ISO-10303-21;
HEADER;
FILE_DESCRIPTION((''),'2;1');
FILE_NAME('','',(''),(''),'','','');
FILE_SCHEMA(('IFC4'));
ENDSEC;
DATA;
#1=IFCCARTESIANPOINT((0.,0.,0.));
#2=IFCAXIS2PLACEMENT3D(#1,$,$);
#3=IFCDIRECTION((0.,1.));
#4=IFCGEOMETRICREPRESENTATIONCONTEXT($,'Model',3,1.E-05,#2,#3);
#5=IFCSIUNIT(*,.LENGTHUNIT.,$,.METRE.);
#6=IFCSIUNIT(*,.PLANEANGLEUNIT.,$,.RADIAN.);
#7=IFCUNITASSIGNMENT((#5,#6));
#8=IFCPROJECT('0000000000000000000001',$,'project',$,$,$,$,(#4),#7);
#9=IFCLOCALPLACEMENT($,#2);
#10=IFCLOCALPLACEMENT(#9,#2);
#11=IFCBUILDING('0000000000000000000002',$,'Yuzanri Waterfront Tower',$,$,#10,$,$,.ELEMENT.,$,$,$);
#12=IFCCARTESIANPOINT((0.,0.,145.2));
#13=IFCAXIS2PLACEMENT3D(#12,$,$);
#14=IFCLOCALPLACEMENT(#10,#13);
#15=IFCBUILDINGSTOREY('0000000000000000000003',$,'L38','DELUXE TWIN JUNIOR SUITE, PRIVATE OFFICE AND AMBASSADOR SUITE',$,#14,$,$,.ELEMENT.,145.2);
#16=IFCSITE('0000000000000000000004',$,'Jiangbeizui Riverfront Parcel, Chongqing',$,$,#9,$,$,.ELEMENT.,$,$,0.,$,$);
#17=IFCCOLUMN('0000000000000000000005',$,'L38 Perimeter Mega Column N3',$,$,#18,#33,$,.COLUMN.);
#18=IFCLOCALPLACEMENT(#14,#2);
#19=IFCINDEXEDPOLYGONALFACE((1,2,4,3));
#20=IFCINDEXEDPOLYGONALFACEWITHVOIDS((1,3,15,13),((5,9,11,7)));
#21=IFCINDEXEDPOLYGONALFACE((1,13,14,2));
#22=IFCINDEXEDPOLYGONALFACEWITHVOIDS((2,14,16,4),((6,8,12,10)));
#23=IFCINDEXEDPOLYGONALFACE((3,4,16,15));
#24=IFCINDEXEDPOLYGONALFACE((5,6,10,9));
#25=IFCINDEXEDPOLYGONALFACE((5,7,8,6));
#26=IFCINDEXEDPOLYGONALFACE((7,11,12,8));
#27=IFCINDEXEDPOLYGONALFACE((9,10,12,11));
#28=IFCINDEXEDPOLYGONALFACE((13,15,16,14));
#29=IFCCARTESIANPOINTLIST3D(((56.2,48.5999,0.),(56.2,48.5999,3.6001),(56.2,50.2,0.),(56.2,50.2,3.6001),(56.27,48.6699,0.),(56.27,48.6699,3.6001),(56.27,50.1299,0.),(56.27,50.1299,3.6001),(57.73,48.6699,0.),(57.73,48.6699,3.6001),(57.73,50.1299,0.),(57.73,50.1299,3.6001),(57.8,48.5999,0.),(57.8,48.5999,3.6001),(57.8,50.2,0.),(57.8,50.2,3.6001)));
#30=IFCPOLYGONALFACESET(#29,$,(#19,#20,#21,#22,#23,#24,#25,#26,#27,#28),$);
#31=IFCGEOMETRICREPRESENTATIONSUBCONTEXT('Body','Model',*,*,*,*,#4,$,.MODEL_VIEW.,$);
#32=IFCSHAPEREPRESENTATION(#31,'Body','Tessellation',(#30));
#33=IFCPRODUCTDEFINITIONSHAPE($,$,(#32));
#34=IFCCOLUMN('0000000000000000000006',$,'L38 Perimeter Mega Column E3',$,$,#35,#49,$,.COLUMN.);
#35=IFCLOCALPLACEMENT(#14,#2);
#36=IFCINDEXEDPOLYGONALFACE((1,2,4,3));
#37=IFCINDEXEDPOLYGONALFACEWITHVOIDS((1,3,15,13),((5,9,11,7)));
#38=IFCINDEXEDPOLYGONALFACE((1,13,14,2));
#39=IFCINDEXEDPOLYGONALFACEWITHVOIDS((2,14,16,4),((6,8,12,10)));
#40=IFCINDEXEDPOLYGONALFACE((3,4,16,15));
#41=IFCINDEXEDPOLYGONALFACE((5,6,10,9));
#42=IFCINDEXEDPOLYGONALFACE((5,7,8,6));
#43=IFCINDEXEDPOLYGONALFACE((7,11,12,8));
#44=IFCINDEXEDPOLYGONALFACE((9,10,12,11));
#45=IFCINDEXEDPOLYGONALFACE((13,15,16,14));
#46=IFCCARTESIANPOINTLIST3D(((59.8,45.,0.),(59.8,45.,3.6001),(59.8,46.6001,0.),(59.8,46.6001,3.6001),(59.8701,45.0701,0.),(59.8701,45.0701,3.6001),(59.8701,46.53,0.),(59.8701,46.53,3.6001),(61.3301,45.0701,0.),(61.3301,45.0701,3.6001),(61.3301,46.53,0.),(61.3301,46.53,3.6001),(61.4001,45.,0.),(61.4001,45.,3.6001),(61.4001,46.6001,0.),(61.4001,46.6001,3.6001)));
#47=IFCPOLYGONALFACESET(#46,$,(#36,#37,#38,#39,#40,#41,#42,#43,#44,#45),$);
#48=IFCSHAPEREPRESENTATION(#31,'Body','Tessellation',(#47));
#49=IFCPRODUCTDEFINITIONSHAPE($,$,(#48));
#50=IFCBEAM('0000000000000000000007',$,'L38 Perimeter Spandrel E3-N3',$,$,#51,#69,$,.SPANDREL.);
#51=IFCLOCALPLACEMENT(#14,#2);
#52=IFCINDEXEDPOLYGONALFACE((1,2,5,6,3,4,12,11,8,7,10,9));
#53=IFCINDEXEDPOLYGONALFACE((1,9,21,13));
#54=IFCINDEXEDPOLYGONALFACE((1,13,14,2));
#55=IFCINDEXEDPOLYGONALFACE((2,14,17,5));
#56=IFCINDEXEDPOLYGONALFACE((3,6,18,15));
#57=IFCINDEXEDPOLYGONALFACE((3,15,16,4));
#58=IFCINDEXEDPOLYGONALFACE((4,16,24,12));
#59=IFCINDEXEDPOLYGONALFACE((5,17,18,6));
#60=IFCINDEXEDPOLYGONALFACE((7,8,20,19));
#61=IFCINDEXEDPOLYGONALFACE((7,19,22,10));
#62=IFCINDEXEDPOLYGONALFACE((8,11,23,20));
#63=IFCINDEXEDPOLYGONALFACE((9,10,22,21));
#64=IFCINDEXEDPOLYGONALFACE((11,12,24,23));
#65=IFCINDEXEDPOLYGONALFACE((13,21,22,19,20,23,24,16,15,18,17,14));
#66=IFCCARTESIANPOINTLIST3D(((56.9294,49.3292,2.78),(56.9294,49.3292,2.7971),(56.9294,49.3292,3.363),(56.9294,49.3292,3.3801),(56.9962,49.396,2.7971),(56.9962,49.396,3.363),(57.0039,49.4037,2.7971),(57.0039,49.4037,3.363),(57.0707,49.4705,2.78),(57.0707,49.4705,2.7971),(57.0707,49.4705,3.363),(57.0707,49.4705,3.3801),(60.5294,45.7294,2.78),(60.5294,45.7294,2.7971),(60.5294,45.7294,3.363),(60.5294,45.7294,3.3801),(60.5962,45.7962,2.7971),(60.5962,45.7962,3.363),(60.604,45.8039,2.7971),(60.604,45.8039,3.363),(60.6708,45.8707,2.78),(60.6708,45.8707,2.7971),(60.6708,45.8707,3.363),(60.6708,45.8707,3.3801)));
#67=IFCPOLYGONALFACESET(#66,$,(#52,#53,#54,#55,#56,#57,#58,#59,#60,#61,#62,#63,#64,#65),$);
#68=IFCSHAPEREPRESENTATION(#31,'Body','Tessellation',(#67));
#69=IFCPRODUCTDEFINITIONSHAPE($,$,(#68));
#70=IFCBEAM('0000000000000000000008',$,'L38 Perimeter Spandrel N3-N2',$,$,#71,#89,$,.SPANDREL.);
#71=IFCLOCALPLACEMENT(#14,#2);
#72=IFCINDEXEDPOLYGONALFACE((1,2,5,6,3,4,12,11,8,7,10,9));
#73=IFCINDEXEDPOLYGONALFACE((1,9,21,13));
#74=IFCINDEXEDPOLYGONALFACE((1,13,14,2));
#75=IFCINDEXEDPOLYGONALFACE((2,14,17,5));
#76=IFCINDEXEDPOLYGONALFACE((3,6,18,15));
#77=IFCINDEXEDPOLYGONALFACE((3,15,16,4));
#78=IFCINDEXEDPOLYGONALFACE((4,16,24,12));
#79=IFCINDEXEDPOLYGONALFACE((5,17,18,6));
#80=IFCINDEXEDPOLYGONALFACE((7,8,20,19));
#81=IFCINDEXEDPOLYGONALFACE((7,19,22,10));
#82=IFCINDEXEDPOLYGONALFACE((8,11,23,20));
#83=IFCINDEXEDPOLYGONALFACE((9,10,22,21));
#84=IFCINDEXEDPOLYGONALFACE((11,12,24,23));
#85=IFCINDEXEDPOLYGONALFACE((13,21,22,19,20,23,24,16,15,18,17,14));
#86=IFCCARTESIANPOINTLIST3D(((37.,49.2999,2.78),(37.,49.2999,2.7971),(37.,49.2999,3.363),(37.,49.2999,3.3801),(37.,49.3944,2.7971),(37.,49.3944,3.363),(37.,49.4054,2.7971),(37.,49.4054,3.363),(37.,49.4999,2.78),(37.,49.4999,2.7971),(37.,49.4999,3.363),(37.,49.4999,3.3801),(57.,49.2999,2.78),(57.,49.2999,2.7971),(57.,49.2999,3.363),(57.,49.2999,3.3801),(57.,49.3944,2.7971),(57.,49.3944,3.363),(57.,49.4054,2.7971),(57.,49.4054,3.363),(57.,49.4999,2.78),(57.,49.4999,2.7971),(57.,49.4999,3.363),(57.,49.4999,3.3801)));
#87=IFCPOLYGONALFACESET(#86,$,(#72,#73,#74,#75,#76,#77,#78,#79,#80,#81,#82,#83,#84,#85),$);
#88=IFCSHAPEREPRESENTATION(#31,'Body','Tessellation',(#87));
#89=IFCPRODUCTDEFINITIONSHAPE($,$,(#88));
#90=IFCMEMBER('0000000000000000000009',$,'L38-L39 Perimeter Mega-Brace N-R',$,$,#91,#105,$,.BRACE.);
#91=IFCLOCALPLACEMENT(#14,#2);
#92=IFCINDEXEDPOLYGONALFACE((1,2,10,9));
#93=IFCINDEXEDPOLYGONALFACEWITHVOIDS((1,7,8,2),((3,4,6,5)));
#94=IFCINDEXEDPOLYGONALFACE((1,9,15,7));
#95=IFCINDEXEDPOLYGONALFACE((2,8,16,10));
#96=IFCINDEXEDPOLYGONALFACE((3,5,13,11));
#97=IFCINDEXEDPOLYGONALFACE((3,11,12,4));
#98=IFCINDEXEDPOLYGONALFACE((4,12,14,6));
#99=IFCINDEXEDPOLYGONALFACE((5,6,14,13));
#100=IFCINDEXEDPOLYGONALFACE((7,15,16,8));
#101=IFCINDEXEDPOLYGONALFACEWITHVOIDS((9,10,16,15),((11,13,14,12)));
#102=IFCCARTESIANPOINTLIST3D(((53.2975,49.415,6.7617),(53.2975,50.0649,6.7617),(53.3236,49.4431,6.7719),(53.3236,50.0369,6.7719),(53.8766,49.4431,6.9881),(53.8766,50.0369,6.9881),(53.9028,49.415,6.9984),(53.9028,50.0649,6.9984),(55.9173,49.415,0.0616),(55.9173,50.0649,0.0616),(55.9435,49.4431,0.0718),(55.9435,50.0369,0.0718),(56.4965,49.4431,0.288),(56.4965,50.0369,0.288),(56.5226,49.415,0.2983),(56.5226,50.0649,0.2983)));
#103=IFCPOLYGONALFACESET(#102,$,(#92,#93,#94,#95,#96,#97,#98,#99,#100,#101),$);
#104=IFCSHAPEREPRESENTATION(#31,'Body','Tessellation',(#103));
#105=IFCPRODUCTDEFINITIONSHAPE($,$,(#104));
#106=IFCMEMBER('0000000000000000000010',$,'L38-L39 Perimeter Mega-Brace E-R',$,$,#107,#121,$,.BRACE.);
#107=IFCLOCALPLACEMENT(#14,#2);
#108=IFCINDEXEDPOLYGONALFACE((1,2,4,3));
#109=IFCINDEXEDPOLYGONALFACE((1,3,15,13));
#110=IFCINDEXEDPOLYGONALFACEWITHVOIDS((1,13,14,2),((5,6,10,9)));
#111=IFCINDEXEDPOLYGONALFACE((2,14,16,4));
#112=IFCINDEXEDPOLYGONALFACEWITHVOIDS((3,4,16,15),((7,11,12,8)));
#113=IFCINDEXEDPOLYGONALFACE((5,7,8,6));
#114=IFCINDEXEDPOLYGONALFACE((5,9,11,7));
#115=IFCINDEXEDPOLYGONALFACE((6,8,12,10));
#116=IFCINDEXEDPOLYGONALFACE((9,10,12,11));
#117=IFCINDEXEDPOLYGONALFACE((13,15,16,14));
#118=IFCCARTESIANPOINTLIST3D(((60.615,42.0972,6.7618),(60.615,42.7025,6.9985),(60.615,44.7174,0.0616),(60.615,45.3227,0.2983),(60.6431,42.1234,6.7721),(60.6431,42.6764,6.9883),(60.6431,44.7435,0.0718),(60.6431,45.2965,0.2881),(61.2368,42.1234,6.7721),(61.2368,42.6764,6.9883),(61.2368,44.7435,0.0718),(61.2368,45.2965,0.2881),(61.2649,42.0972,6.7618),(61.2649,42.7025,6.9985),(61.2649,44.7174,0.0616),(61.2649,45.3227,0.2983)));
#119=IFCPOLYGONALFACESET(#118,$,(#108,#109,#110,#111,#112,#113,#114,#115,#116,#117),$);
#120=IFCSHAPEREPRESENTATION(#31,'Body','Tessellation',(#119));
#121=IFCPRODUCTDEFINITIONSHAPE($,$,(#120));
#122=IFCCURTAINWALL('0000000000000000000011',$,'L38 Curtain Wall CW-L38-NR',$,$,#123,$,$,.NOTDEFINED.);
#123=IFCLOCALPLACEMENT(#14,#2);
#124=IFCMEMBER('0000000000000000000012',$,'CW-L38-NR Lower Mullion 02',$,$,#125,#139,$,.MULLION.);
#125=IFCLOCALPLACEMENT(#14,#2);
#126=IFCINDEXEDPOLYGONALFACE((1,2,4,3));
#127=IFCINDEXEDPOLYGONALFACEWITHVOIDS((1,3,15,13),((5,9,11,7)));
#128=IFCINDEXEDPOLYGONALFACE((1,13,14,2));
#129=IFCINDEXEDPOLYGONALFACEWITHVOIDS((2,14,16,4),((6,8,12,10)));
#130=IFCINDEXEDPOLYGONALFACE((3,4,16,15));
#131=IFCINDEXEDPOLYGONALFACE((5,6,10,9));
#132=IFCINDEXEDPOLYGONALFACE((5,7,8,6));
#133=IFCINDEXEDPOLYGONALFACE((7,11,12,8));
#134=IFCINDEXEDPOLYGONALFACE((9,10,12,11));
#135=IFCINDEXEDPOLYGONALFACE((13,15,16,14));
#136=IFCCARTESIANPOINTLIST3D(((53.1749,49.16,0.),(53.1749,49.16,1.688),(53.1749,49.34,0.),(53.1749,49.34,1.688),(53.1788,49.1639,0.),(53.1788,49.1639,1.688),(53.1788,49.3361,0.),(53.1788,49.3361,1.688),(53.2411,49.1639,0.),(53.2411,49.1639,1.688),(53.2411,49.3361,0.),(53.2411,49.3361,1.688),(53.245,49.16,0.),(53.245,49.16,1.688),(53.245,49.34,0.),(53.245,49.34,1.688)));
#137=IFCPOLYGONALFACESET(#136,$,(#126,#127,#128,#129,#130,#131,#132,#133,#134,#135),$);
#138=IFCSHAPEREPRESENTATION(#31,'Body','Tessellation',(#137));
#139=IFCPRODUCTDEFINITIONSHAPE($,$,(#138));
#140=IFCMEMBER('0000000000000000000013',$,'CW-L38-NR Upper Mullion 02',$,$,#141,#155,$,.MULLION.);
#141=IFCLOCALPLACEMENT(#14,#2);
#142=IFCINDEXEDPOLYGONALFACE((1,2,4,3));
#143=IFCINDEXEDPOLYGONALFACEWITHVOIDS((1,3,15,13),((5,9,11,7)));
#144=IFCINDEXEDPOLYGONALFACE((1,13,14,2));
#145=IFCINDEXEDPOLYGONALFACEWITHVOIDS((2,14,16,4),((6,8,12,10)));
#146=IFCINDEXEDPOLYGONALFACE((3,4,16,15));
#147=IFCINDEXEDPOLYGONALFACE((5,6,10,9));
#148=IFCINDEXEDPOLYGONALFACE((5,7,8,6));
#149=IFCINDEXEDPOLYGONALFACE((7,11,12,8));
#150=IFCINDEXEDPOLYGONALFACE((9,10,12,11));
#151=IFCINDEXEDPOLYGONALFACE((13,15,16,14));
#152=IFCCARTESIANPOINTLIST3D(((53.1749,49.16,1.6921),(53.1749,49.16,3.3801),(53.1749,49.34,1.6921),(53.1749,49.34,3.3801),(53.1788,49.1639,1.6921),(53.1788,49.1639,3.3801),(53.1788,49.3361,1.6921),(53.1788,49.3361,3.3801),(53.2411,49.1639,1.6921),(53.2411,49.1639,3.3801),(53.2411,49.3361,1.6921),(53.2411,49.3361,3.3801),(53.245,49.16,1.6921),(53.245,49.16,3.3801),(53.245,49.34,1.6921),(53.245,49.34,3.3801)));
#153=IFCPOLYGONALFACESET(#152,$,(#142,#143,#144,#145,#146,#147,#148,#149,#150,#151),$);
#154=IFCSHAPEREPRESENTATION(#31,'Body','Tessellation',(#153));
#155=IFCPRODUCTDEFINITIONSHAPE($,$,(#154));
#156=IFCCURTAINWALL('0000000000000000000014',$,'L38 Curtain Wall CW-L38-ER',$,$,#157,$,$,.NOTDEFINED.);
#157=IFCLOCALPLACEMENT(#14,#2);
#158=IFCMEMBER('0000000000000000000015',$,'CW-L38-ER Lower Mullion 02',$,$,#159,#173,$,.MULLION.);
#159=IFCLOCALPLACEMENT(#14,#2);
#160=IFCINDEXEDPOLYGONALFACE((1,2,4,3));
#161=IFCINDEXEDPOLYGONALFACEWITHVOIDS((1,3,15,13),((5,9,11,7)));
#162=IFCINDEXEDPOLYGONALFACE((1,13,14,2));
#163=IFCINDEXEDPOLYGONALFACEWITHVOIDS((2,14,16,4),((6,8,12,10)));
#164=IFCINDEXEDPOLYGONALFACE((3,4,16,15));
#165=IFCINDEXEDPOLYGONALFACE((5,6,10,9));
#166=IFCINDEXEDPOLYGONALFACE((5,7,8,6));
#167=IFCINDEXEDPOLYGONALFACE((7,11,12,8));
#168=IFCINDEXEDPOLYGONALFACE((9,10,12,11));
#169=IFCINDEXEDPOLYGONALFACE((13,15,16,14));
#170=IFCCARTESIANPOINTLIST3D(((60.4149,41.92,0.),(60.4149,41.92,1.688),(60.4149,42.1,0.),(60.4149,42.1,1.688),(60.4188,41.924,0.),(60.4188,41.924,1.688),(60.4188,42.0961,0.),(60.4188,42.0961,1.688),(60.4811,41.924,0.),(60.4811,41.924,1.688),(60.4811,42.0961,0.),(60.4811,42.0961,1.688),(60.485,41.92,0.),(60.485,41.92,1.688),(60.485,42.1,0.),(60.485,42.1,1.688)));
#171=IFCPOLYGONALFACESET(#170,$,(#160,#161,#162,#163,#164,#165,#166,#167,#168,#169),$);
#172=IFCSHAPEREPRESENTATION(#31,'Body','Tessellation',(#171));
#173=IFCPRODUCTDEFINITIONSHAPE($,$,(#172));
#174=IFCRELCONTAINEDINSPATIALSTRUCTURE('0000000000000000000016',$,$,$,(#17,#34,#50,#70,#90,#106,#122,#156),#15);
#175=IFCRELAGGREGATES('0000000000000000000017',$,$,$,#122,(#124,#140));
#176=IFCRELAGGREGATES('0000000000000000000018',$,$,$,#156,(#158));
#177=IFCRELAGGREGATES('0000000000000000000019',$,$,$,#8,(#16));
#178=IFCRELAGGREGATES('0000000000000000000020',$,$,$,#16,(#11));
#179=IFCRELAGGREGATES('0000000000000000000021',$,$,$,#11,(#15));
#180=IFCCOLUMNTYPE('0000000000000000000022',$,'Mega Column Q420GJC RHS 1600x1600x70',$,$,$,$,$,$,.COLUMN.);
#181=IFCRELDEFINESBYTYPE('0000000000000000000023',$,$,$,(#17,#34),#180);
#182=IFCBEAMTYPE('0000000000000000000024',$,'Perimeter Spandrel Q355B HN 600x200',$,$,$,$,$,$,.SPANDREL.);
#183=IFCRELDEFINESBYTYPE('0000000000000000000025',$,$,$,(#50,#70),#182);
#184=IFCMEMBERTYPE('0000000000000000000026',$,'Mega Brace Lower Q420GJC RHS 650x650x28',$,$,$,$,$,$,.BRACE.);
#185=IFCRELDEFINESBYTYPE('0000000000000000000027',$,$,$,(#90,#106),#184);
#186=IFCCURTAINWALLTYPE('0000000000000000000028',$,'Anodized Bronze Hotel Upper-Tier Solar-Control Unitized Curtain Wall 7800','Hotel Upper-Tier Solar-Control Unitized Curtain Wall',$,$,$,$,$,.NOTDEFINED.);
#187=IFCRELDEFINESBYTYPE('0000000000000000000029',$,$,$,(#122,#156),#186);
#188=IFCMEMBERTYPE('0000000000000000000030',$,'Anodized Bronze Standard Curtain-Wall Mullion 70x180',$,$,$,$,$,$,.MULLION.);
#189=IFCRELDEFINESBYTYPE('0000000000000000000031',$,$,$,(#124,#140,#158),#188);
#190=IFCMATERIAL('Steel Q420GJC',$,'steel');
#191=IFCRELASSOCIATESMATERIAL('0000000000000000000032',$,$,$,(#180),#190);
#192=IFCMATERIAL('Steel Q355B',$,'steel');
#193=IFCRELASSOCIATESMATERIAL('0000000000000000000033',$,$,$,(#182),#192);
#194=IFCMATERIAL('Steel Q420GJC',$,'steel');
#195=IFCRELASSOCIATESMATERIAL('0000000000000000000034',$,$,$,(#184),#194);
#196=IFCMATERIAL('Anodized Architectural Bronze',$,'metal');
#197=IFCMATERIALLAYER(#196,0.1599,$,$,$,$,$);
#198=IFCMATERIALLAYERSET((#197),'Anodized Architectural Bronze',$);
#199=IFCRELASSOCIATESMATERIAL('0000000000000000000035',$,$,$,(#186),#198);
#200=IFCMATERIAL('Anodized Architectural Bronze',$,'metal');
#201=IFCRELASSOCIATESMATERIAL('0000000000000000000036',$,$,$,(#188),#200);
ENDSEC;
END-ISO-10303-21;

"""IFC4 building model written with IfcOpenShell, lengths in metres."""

from ifc_helpers import new_model, si_unit, direction, frame, origin, origin_2d, place, context, subcontext, project, spatial, hollow_rectangle, i_section, extrude, source, transform, mapped, material, layer, layer_set, material_profile, profile_set, type_object, element, aggregate, save


model = new_model("IFC4")

# Units and contexts
model_context = context("Model", 3, precision=1e-05, world=origin(), true_north=direction((0.0, 1.0)))
body_context = subcontext(model_context, "Body", "Model", "MODEL_VIEW")
ifc_project = project(units=[si_unit("LENGTHUNIT", "METRE"), si_unit("PLANEANGLEUNIT", "RADIAN")], contexts=[model_context])

# Site, building, storey
site_placement = place(None, origin())
site = spatial("IfcSite", under=ifc_project, at=site_placement, Name="Jiangbeizui Riverfront Parcel, Chongqing", CompositionType="ELEMENT", RefElevation=0.0)
building_placement = place(site_placement, origin())
building = spatial("IfcBuilding", under=site, at=building_placement, Name="Yuzanri Waterfront Tower", CompositionType="ELEMENT")
storey_placement = place(building_placement, frame((0.0, 0.0, 145.2)))
storey = spatial("IfcBuildingStorey", under=building, at=storey_placement, Name="L38", Description="DELUXE TWIN JUNIOR SUITE, PRIVATE OFFICE AND AMBASSADOR SUITE", CompositionType="ELEMENT", Elevation=145.2)

# Columns
ifc_material_1 = material(Name="Steel Q420GJC", Category="steel")
ifc_material_profile_1 = material_profile(ifc_material_1, hollow_rectangle(XDim=1.6001, YDim=1.6001, WallThickness=0.0701, at=origin_2d()), Name="RHS 1600x1600x70")
ifc_profile_set_1 = profile_set([ifc_material_profile_1], Name="Steel Q420GJC")
column_type = type_object("IfcColumnType", Name="Mega Column Q420GJC RHS 1600x1600x70", PredefinedType="COLUMN", material=ifc_profile_set_1)
shared_shape_1 = source(origin(), body_context, "Body", "SweptSolid", [
    extrude(hollow_rectangle(XDim=1.6001, YDim=1.6001, WallThickness=0.0701, at=origin_2d()), origin(), (0.0, 0.0, 1.0), 3.6001),
])
for number, where, z_axis, x_axis, name in (
    (1, (57.0, 49.3999, 0.0), (0.0, 0.0, 1.0), (1.0, 0.0, 0.0), "L38 Perimeter Mega Column N3"),
    (2, (60.6001, 45.8, 0.0), (0.0, 0.0, 1.0), (1.0, 0.0, 0.0), "L38 Perimeter Mega Column E3"),
):
    element("IfcColumn", number, at=place(storey_placement, frame(where, z_axis=z_axis, x_axis=x_axis)), inside=storey, type_object=column_type, Name=name, PredefinedType="COLUMN", context=body_context, shape_type="MappedRepresentation", body=[
        mapped(shared_shape_1, transform((0.0, 0.0, 0.0), scale=1.0)),
    ])

# Beams
ifc_material_2 = material(Name="Steel Q355B", Category="steel")
ifc_material_profile_2 = material_profile(ifc_material_2, i_section(OverallWidth=0.2, OverallDepth=0.6001, WebThickness=0.011, FlangeThickness=0.0171, at=origin_2d()), Name="HN 600x200x11x17")
ifc_profile_set_2 = profile_set([ifc_material_profile_2], Name="Steel Q355B")
beam_type = type_object("IfcBeamType", Name="Perimeter Spandrel Q355B HN 600x200", PredefinedType="SPANDREL", material=ifc_profile_set_2)
shared_shape_2 = source(origin(), body_context, "Body", "SweptSolid", [
    extrude(i_section(OverallWidth=0.2, OverallDepth=0.6001, WebThickness=0.011, FlangeThickness=0.0171, at=origin_2d()), origin(), (0.0, 0.0, 1.0), 5.0911),
])
beam_1_placement = place(storey_placement, frame((60.6001, 45.8, 3.0801), z_axis=(-0.707131, 0.707083, 0.0), x_axis=(-0.707083, -0.707131, 0.0)))
element("IfcBeam", 3, at=beam_1_placement, inside=storey, type_object=beam_type, Name="L38 Perimeter Spandrel E3-N3", PredefinedType="SPANDREL", context=body_context, shape_type="MappedRepresentation", body=[
    mapped(shared_shape_2, transform((0.0, 0.0, 0.0), scale=1.0)),
])
shared_shape_3 = source(origin(), body_context, "Body", "SweptSolid", [
    extrude(i_section(OverallWidth=0.2, OverallDepth=0.6001, WebThickness=0.011, FlangeThickness=0.0171, at=origin_2d()), origin(), (0.0, 0.0, 1.0), 20.0),
])
beam_2_placement = place(storey_placement, frame((57.0, 49.3999, 3.0801), z_axis=(-1.0, 0.0, 0.0), x_axis=(0.0, -1.0, 0.0)))
element("IfcBeam", 4, at=beam_2_placement, inside=storey, type_object=beam_type, Name="L38 Perimeter Spandrel N3-N2", PredefinedType="SPANDREL", context=body_context, shape_type="MappedRepresentation", body=[
    mapped(shared_shape_3, transform((0.0, 0.0, 0.0), scale=1.0)),
])

# Members
ifc_material_3 = material(Name="Steel Q420GJC", Category="steel")
ifc_material_profile_3 = material_profile(ifc_material_3, hollow_rectangle(XDim=0.6499, YDim=0.6499, WallThickness=0.0281, at=origin_2d()), Name="RHS 650x650x28")
ifc_profile_set_3 = profile_set([ifc_material_profile_3], Name="Steel Q420GJC")
member_type_1 = type_object("IfcMemberType", Name="Mega Brace Lower Q420GJC RHS 650x650x28", PredefinedType="BRACE", material=ifc_profile_set_3)
shared_shape_4 = source(origin(), body_context, "Body", "SweptSolid", [
    extrude(hollow_rectangle(XDim=0.6499, YDim=0.6499, WallThickness=0.0281, at=origin_2d()), origin(), (0.0, 0.0, 1.0), 7.1941),
])
member_1_placement = place(storey_placement, frame((56.22, 49.74, 0.1799), z_axis=(-0.364165, 0.0, 0.931334), x_axis=(0.0, -1.0, 0.0)))
element("IfcMember", 5, at=member_1_placement, inside=storey, type_object=member_type_1, Name="L38-L39 Perimeter Mega-Brace N-R", PredefinedType="BRACE", context=body_context, shape_type="MappedRepresentation", body=[
    mapped(shared_shape_4, transform((0.0, 0.0, 0.0), scale=1.0)),
])
shared_shape_5 = source(origin(), body_context, "Body", "SweptSolid", [
    extrude(hollow_rectangle(XDim=0.6499, YDim=0.6499, WallThickness=0.0281, at=origin_2d()), origin(), (0.0, 0.0, 1.0), 7.1943),
])
member_2_placement = place(storey_placement, frame((60.9399, 45.02, 0.1799), z_axis=(0.0, -0.364195, 0.931323), x_axis=(1.0, 0.0, 0.0)))
element("IfcMember", 6, at=member_2_placement, inside=storey, type_object=member_type_1, Name="L38-L39 Perimeter Mega-Brace E-R", PredefinedType="BRACE", context=body_context, shape_type="MappedRepresentation", body=[
    mapped(shared_shape_5, transform((0.0, 0.0, 0.0), scale=1.0)),
])

# Curtain walls, members
ifc_material_4 = material(Name="Anodized Architectural Bronze", Category="metal")
ifc_layer_1 = layer(ifc_material_4, 0.1599)
ifc_layer_set_1 = layer_set([ifc_layer_1], Name="Anodized Architectural Bronze")
curtain_wall_type = type_object("IfcCurtainWallType", Name="Anodized Bronze Hotel Upper-Tier Solar-Control Unitized Curtain Wall 7800", Description="Hotel Upper-Tier Solar-Control Unitized Curtain Wall", PredefinedType="NOTDEFINED", material=ifc_layer_set_1)
curtain_wall_1_placement = place(storey_placement, origin())
curtain_wall_1 = element("IfcCurtainWall", 7, at=curtain_wall_1_placement, inside=storey, type_object=curtain_wall_type, Name="L38 Curtain Wall CW-L38-NR", PredefinedType="NOTDEFINED")
ifc_material_5 = material(Name="Anodized Architectural Bronze", Category="metal")
ifc_material_profile_4 = material_profile(ifc_material_5, hollow_rectangle(XDim=0.0701, YDim=0.1799, WallThickness=0.0039, at=origin_2d()), Name="CWM 70x180")
ifc_profile_set_4 = profile_set([ifc_material_profile_4], Name="Anodized Architectural Bronze")
member_type_2 = type_object("IfcMemberType", Name="Anodized Bronze Standard Curtain-Wall Mullion 70x180", PredefinedType="MULLION", material=ifc_profile_set_4)
shared_shape_6 = source(origin(), body_context, "Body", "SweptSolid", [
    extrude(hollow_rectangle(XDim=0.0701, YDim=0.1799, WallThickness=0.0039, at=origin_2d()), origin(), (0.0, 0.0, 1.0), 1.688),
])
member_3_placement = place(storey_placement, frame((53.21, 49.25, 0.0), z_axis=(0.0, 0.0, 1.0), x_axis=(1.0, 0.0, 0.0)))
member_3 = element("IfcMember", 8, at=member_3_placement, type_object=member_type_2, Name="CW-L38-NR Lower Mullion 02", PredefinedType="MULLION", context=body_context, shape_type="MappedRepresentation", body=[
    mapped(shared_shape_6, transform((0.0, 0.0, 0.0), scale=1.0)),
])
member_4_placement = place(storey_placement, frame((53.21, 49.25, 1.6921), z_axis=(0.0, 0.0, 1.0), x_axis=(1.0, 0.0, 0.0)))
member_4 = element("IfcMember", 9, at=member_4_placement, type_object=member_type_2, Name="CW-L38-NR Upper Mullion 02", PredefinedType="MULLION", context=body_context, shape_type="MappedRepresentation", body=[
    mapped(shared_shape_6, transform((0.0, 0.0, 0.0), scale=1.0)),
])
aggregate(curtain_wall_1, [member_3, member_4])
curtain_wall_2_placement = place(storey_placement, origin())
curtain_wall_2 = element("IfcCurtainWall", 10, at=curtain_wall_2_placement, inside=storey, type_object=curtain_wall_type, Name="L38 Curtain Wall CW-L38-ER", PredefinedType="NOTDEFINED")
member_5_placement = place(storey_placement, frame((60.45, 42.01, 0.0), z_axis=(0.0, 0.0, 1.0), x_axis=(1.0, 0.0, 0.0)))
member_5 = element("IfcMember", 11, at=member_5_placement, type_object=member_type_2, Name="CW-L38-ER Lower Mullion 02", PredefinedType="MULLION", context=body_context, shape_type="MappedRepresentation", body=[
    mapped(shared_shape_6, transform((0.0, 0.0, 0.0), scale=1.0)),
])

aggregate(curtain_wall_2, [member_5])

save(model, "model.ifc")
